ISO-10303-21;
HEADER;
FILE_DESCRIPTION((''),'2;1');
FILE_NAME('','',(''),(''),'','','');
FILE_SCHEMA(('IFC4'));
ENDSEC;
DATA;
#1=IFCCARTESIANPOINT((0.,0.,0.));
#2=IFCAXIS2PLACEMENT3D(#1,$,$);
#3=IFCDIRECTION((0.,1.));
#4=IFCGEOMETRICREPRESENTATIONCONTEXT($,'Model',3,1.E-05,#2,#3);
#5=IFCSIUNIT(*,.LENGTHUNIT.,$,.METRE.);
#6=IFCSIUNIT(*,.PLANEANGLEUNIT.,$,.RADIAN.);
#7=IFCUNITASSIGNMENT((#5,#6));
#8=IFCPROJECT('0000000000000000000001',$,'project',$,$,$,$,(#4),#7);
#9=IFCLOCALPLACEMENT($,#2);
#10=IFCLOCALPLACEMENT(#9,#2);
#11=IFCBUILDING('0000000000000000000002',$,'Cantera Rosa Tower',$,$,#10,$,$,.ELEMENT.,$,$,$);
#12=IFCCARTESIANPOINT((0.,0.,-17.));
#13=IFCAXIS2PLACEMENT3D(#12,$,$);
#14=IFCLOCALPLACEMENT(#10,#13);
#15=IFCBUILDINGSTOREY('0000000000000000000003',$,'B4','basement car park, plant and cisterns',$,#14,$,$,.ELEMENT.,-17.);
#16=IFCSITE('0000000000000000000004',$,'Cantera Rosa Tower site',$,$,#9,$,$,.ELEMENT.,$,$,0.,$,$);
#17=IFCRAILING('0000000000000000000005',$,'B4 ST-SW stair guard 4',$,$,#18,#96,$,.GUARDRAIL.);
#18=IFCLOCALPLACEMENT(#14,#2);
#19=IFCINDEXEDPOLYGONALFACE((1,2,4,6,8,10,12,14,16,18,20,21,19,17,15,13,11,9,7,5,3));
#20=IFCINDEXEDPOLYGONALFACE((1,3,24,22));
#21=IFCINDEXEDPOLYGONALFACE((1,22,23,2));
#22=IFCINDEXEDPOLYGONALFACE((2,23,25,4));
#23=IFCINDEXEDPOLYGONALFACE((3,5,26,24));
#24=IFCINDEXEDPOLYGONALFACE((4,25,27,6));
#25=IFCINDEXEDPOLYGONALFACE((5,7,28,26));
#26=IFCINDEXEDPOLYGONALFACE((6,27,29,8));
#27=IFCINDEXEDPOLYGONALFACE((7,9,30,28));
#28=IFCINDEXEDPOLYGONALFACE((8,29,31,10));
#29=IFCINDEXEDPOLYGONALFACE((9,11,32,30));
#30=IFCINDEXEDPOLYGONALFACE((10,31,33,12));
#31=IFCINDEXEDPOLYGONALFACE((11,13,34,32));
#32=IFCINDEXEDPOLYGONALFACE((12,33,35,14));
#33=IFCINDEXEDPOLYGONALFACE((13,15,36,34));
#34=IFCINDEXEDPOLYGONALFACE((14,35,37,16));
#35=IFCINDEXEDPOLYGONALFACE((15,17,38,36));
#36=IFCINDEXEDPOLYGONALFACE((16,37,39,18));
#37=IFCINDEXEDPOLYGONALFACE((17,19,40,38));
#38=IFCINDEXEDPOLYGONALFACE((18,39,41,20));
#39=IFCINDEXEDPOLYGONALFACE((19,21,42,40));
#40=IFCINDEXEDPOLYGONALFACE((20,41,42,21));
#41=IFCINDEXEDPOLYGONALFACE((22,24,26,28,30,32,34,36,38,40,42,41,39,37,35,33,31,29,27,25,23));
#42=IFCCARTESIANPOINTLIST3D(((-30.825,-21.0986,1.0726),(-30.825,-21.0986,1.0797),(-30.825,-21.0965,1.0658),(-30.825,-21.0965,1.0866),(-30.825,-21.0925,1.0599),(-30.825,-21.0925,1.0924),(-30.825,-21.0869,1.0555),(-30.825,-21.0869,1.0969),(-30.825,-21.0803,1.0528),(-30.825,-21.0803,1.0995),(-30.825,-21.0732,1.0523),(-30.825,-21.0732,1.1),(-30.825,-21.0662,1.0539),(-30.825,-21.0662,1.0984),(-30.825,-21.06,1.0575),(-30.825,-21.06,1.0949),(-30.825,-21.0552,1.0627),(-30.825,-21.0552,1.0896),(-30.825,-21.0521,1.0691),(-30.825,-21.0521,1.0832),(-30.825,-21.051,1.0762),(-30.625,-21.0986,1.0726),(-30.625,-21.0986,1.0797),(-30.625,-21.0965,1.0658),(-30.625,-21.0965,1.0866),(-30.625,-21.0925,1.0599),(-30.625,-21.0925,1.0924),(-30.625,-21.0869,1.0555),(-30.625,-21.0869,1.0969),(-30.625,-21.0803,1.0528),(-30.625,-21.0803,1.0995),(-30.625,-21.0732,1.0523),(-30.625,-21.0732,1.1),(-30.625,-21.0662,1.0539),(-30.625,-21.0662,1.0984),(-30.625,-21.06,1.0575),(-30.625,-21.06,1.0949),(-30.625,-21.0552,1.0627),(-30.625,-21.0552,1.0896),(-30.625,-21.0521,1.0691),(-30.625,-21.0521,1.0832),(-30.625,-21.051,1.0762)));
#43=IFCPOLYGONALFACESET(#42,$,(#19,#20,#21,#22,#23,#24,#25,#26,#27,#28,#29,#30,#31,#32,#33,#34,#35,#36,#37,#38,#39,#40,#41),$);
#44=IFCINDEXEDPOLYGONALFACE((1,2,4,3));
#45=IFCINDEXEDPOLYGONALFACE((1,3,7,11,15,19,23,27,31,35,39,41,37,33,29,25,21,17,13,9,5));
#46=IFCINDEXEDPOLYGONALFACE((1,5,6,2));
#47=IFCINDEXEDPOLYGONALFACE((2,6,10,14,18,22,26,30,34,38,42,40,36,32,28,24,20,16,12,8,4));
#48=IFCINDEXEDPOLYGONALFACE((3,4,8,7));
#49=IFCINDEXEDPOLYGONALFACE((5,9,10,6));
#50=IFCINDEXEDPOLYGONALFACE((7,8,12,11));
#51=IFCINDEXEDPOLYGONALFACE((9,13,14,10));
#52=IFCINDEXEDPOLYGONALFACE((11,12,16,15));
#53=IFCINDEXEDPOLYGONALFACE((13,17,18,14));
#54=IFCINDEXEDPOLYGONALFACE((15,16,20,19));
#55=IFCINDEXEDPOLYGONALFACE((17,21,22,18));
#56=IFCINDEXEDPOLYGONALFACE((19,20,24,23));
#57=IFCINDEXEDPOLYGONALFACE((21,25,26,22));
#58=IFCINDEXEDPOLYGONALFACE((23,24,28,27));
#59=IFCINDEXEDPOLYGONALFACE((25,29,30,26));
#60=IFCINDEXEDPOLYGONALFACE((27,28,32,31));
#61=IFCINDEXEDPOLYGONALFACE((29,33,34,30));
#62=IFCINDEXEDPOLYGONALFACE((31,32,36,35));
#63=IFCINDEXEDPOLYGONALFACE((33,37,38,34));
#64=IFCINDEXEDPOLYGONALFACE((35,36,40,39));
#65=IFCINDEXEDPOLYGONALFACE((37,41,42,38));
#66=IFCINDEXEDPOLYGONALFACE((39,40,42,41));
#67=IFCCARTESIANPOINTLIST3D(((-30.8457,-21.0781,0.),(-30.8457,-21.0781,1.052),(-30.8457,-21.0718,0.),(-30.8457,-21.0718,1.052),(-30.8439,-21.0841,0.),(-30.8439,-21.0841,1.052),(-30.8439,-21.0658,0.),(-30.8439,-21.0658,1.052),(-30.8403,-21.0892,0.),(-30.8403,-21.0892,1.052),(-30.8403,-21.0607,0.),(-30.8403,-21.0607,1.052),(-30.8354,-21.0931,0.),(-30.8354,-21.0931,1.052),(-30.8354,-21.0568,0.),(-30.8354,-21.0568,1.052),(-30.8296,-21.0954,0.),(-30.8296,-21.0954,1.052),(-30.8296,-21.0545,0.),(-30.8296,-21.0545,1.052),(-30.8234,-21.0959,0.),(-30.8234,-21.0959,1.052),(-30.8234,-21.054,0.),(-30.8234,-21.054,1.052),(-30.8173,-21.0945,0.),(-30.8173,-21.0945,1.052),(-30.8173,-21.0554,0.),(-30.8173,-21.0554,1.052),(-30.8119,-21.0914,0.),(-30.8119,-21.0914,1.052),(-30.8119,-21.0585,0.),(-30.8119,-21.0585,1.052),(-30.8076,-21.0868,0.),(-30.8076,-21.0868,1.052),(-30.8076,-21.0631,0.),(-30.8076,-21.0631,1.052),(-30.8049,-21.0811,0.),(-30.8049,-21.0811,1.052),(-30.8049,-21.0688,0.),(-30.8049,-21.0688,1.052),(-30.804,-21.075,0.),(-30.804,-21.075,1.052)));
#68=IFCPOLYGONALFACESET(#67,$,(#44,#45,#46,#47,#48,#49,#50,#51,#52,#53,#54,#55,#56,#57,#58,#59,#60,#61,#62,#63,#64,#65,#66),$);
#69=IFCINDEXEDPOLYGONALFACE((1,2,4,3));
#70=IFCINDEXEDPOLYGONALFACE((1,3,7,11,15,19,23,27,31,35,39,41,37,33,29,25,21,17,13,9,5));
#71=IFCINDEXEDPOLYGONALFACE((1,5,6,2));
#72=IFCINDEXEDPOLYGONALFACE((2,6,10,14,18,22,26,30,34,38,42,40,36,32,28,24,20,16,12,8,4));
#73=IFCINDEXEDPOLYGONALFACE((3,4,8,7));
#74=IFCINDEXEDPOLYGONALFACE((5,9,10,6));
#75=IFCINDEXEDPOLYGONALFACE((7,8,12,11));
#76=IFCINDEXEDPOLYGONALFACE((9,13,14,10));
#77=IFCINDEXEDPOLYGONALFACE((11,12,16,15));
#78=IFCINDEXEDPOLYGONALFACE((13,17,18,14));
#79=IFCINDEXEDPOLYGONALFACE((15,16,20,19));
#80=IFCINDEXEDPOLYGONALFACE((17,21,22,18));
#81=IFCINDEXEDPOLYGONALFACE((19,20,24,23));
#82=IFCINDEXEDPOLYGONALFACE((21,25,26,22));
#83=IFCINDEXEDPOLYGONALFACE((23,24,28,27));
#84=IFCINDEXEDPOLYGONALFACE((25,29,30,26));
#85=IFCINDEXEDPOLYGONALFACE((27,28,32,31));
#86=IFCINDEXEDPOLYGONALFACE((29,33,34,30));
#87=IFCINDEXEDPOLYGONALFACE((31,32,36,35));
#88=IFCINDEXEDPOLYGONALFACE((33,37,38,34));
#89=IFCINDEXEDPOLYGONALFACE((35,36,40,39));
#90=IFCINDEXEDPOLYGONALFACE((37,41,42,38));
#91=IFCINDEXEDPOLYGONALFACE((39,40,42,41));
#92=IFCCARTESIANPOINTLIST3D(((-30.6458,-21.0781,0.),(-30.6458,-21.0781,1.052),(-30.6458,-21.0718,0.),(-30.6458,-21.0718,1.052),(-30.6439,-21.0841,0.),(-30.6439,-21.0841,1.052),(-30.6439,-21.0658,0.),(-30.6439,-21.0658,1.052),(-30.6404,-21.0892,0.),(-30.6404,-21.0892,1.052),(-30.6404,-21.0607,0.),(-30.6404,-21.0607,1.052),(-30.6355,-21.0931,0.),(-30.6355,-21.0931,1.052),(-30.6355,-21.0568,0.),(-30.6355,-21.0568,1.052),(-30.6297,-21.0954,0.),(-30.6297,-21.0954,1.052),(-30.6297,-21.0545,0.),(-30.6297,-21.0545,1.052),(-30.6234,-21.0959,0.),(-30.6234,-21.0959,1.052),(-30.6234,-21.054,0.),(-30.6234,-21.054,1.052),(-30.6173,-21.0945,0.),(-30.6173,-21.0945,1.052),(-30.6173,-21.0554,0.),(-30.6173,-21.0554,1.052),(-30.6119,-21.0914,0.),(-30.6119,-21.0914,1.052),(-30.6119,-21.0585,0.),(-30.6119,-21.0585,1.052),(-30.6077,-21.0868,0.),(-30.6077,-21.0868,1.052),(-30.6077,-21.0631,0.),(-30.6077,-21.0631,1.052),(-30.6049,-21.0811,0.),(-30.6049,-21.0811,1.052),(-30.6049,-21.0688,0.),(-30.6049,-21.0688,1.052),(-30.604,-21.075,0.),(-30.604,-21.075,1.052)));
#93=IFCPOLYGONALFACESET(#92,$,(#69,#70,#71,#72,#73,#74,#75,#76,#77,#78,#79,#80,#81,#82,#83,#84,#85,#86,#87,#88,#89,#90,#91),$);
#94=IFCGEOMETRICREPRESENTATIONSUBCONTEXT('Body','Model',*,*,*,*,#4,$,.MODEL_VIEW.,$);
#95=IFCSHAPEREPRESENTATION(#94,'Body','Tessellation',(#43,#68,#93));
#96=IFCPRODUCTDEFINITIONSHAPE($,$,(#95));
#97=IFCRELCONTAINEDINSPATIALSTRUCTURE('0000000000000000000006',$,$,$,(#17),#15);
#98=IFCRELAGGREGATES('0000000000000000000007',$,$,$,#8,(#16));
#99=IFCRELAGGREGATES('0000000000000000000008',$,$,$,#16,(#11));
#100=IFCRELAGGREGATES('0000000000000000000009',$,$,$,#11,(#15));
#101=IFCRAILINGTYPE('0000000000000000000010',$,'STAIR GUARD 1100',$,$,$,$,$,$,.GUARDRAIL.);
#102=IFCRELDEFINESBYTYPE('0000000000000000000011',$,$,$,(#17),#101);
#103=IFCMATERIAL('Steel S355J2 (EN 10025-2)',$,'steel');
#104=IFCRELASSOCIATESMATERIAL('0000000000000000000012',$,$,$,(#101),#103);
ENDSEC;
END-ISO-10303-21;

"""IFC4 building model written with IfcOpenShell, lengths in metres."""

from ifc_helpers import new_model, si_unit, direction, frame, origin, origin_2d, place, context, subcontext, project, spatial, circle, extrude, material, type_object, element, save


model = new_model("IFC4")

# Units and contexts
model_context = context("Model", 3, precision=1e-05, world=origin(), true_north=direction((0.0, 1.0)))
body_context = subcontext(model_context, "Body", "Model", "MODEL_VIEW")
ifc_project = project(units=[si_unit("LENGTHUNIT", "METRE"), si_unit("PLANEANGLEUNIT", "RADIAN")], contexts=[model_context])

# Site, building, storey
site_placement = place(None, origin())
site = spatial("IfcSite", under=ifc_project, at=site_placement, Name="Cantera Rosa Tower site", CompositionType="ELEMENT", RefElevation=0.0)
building_placement = place(site_placement, origin())
building = spatial("IfcBuilding", under=site, at=building_placement, Name="Cantera Rosa Tower", CompositionType="ELEMENT")
storey_placement = place(building_placement, frame((0.0, 0.0, -17.0)))
storey = spatial("IfcBuildingStorey", under=building, at=storey_placement, Name="B4", Description="basement car park, plant and cisterns", CompositionType="ELEMENT", Elevation=-17.0)

# Railing
ifc_material_1 = material(Name="Steel S355J2 (EN 10025-2)", Category="steel")
railing_type_1 = type_object("IfcRailingType", Name="STAIR GUARD 1100", PredefinedType="GUARDRAIL", material=ifc_material_1)
railing_1_placement = place(storey_placement, frame((-30.825, -21.075, 0.0)))
element("IfcRailing", 1, at=railing_1_placement, inside=storey, type_object=railing_type_1, Name="B4 ST-SW stair guard 4", PredefinedType="GUARDRAIL", context=body_context, shape_type="SweptSolid", body=[
    extrude(circle(Radius=0.0239, at=origin_2d()), frame((0.0, 0.0, 1.0762), z_axis=(1.0, 0.0, 0.0), x_axis=(0.0, 1.0, 0.0)), (0.0, 0.0, 1.0), 0.2),
    extrude(circle(Radius=0.021, at=origin_2d()), origin(), (0.0, 0.0, 1.0), 1.052),
    extrude(circle(Radius=0.021, at=origin_2d()), frame((0.2, 0.0, 0.0)), (0.0, 0.0, 1.0), 1.052),
])

save(model, "model.ifc")
